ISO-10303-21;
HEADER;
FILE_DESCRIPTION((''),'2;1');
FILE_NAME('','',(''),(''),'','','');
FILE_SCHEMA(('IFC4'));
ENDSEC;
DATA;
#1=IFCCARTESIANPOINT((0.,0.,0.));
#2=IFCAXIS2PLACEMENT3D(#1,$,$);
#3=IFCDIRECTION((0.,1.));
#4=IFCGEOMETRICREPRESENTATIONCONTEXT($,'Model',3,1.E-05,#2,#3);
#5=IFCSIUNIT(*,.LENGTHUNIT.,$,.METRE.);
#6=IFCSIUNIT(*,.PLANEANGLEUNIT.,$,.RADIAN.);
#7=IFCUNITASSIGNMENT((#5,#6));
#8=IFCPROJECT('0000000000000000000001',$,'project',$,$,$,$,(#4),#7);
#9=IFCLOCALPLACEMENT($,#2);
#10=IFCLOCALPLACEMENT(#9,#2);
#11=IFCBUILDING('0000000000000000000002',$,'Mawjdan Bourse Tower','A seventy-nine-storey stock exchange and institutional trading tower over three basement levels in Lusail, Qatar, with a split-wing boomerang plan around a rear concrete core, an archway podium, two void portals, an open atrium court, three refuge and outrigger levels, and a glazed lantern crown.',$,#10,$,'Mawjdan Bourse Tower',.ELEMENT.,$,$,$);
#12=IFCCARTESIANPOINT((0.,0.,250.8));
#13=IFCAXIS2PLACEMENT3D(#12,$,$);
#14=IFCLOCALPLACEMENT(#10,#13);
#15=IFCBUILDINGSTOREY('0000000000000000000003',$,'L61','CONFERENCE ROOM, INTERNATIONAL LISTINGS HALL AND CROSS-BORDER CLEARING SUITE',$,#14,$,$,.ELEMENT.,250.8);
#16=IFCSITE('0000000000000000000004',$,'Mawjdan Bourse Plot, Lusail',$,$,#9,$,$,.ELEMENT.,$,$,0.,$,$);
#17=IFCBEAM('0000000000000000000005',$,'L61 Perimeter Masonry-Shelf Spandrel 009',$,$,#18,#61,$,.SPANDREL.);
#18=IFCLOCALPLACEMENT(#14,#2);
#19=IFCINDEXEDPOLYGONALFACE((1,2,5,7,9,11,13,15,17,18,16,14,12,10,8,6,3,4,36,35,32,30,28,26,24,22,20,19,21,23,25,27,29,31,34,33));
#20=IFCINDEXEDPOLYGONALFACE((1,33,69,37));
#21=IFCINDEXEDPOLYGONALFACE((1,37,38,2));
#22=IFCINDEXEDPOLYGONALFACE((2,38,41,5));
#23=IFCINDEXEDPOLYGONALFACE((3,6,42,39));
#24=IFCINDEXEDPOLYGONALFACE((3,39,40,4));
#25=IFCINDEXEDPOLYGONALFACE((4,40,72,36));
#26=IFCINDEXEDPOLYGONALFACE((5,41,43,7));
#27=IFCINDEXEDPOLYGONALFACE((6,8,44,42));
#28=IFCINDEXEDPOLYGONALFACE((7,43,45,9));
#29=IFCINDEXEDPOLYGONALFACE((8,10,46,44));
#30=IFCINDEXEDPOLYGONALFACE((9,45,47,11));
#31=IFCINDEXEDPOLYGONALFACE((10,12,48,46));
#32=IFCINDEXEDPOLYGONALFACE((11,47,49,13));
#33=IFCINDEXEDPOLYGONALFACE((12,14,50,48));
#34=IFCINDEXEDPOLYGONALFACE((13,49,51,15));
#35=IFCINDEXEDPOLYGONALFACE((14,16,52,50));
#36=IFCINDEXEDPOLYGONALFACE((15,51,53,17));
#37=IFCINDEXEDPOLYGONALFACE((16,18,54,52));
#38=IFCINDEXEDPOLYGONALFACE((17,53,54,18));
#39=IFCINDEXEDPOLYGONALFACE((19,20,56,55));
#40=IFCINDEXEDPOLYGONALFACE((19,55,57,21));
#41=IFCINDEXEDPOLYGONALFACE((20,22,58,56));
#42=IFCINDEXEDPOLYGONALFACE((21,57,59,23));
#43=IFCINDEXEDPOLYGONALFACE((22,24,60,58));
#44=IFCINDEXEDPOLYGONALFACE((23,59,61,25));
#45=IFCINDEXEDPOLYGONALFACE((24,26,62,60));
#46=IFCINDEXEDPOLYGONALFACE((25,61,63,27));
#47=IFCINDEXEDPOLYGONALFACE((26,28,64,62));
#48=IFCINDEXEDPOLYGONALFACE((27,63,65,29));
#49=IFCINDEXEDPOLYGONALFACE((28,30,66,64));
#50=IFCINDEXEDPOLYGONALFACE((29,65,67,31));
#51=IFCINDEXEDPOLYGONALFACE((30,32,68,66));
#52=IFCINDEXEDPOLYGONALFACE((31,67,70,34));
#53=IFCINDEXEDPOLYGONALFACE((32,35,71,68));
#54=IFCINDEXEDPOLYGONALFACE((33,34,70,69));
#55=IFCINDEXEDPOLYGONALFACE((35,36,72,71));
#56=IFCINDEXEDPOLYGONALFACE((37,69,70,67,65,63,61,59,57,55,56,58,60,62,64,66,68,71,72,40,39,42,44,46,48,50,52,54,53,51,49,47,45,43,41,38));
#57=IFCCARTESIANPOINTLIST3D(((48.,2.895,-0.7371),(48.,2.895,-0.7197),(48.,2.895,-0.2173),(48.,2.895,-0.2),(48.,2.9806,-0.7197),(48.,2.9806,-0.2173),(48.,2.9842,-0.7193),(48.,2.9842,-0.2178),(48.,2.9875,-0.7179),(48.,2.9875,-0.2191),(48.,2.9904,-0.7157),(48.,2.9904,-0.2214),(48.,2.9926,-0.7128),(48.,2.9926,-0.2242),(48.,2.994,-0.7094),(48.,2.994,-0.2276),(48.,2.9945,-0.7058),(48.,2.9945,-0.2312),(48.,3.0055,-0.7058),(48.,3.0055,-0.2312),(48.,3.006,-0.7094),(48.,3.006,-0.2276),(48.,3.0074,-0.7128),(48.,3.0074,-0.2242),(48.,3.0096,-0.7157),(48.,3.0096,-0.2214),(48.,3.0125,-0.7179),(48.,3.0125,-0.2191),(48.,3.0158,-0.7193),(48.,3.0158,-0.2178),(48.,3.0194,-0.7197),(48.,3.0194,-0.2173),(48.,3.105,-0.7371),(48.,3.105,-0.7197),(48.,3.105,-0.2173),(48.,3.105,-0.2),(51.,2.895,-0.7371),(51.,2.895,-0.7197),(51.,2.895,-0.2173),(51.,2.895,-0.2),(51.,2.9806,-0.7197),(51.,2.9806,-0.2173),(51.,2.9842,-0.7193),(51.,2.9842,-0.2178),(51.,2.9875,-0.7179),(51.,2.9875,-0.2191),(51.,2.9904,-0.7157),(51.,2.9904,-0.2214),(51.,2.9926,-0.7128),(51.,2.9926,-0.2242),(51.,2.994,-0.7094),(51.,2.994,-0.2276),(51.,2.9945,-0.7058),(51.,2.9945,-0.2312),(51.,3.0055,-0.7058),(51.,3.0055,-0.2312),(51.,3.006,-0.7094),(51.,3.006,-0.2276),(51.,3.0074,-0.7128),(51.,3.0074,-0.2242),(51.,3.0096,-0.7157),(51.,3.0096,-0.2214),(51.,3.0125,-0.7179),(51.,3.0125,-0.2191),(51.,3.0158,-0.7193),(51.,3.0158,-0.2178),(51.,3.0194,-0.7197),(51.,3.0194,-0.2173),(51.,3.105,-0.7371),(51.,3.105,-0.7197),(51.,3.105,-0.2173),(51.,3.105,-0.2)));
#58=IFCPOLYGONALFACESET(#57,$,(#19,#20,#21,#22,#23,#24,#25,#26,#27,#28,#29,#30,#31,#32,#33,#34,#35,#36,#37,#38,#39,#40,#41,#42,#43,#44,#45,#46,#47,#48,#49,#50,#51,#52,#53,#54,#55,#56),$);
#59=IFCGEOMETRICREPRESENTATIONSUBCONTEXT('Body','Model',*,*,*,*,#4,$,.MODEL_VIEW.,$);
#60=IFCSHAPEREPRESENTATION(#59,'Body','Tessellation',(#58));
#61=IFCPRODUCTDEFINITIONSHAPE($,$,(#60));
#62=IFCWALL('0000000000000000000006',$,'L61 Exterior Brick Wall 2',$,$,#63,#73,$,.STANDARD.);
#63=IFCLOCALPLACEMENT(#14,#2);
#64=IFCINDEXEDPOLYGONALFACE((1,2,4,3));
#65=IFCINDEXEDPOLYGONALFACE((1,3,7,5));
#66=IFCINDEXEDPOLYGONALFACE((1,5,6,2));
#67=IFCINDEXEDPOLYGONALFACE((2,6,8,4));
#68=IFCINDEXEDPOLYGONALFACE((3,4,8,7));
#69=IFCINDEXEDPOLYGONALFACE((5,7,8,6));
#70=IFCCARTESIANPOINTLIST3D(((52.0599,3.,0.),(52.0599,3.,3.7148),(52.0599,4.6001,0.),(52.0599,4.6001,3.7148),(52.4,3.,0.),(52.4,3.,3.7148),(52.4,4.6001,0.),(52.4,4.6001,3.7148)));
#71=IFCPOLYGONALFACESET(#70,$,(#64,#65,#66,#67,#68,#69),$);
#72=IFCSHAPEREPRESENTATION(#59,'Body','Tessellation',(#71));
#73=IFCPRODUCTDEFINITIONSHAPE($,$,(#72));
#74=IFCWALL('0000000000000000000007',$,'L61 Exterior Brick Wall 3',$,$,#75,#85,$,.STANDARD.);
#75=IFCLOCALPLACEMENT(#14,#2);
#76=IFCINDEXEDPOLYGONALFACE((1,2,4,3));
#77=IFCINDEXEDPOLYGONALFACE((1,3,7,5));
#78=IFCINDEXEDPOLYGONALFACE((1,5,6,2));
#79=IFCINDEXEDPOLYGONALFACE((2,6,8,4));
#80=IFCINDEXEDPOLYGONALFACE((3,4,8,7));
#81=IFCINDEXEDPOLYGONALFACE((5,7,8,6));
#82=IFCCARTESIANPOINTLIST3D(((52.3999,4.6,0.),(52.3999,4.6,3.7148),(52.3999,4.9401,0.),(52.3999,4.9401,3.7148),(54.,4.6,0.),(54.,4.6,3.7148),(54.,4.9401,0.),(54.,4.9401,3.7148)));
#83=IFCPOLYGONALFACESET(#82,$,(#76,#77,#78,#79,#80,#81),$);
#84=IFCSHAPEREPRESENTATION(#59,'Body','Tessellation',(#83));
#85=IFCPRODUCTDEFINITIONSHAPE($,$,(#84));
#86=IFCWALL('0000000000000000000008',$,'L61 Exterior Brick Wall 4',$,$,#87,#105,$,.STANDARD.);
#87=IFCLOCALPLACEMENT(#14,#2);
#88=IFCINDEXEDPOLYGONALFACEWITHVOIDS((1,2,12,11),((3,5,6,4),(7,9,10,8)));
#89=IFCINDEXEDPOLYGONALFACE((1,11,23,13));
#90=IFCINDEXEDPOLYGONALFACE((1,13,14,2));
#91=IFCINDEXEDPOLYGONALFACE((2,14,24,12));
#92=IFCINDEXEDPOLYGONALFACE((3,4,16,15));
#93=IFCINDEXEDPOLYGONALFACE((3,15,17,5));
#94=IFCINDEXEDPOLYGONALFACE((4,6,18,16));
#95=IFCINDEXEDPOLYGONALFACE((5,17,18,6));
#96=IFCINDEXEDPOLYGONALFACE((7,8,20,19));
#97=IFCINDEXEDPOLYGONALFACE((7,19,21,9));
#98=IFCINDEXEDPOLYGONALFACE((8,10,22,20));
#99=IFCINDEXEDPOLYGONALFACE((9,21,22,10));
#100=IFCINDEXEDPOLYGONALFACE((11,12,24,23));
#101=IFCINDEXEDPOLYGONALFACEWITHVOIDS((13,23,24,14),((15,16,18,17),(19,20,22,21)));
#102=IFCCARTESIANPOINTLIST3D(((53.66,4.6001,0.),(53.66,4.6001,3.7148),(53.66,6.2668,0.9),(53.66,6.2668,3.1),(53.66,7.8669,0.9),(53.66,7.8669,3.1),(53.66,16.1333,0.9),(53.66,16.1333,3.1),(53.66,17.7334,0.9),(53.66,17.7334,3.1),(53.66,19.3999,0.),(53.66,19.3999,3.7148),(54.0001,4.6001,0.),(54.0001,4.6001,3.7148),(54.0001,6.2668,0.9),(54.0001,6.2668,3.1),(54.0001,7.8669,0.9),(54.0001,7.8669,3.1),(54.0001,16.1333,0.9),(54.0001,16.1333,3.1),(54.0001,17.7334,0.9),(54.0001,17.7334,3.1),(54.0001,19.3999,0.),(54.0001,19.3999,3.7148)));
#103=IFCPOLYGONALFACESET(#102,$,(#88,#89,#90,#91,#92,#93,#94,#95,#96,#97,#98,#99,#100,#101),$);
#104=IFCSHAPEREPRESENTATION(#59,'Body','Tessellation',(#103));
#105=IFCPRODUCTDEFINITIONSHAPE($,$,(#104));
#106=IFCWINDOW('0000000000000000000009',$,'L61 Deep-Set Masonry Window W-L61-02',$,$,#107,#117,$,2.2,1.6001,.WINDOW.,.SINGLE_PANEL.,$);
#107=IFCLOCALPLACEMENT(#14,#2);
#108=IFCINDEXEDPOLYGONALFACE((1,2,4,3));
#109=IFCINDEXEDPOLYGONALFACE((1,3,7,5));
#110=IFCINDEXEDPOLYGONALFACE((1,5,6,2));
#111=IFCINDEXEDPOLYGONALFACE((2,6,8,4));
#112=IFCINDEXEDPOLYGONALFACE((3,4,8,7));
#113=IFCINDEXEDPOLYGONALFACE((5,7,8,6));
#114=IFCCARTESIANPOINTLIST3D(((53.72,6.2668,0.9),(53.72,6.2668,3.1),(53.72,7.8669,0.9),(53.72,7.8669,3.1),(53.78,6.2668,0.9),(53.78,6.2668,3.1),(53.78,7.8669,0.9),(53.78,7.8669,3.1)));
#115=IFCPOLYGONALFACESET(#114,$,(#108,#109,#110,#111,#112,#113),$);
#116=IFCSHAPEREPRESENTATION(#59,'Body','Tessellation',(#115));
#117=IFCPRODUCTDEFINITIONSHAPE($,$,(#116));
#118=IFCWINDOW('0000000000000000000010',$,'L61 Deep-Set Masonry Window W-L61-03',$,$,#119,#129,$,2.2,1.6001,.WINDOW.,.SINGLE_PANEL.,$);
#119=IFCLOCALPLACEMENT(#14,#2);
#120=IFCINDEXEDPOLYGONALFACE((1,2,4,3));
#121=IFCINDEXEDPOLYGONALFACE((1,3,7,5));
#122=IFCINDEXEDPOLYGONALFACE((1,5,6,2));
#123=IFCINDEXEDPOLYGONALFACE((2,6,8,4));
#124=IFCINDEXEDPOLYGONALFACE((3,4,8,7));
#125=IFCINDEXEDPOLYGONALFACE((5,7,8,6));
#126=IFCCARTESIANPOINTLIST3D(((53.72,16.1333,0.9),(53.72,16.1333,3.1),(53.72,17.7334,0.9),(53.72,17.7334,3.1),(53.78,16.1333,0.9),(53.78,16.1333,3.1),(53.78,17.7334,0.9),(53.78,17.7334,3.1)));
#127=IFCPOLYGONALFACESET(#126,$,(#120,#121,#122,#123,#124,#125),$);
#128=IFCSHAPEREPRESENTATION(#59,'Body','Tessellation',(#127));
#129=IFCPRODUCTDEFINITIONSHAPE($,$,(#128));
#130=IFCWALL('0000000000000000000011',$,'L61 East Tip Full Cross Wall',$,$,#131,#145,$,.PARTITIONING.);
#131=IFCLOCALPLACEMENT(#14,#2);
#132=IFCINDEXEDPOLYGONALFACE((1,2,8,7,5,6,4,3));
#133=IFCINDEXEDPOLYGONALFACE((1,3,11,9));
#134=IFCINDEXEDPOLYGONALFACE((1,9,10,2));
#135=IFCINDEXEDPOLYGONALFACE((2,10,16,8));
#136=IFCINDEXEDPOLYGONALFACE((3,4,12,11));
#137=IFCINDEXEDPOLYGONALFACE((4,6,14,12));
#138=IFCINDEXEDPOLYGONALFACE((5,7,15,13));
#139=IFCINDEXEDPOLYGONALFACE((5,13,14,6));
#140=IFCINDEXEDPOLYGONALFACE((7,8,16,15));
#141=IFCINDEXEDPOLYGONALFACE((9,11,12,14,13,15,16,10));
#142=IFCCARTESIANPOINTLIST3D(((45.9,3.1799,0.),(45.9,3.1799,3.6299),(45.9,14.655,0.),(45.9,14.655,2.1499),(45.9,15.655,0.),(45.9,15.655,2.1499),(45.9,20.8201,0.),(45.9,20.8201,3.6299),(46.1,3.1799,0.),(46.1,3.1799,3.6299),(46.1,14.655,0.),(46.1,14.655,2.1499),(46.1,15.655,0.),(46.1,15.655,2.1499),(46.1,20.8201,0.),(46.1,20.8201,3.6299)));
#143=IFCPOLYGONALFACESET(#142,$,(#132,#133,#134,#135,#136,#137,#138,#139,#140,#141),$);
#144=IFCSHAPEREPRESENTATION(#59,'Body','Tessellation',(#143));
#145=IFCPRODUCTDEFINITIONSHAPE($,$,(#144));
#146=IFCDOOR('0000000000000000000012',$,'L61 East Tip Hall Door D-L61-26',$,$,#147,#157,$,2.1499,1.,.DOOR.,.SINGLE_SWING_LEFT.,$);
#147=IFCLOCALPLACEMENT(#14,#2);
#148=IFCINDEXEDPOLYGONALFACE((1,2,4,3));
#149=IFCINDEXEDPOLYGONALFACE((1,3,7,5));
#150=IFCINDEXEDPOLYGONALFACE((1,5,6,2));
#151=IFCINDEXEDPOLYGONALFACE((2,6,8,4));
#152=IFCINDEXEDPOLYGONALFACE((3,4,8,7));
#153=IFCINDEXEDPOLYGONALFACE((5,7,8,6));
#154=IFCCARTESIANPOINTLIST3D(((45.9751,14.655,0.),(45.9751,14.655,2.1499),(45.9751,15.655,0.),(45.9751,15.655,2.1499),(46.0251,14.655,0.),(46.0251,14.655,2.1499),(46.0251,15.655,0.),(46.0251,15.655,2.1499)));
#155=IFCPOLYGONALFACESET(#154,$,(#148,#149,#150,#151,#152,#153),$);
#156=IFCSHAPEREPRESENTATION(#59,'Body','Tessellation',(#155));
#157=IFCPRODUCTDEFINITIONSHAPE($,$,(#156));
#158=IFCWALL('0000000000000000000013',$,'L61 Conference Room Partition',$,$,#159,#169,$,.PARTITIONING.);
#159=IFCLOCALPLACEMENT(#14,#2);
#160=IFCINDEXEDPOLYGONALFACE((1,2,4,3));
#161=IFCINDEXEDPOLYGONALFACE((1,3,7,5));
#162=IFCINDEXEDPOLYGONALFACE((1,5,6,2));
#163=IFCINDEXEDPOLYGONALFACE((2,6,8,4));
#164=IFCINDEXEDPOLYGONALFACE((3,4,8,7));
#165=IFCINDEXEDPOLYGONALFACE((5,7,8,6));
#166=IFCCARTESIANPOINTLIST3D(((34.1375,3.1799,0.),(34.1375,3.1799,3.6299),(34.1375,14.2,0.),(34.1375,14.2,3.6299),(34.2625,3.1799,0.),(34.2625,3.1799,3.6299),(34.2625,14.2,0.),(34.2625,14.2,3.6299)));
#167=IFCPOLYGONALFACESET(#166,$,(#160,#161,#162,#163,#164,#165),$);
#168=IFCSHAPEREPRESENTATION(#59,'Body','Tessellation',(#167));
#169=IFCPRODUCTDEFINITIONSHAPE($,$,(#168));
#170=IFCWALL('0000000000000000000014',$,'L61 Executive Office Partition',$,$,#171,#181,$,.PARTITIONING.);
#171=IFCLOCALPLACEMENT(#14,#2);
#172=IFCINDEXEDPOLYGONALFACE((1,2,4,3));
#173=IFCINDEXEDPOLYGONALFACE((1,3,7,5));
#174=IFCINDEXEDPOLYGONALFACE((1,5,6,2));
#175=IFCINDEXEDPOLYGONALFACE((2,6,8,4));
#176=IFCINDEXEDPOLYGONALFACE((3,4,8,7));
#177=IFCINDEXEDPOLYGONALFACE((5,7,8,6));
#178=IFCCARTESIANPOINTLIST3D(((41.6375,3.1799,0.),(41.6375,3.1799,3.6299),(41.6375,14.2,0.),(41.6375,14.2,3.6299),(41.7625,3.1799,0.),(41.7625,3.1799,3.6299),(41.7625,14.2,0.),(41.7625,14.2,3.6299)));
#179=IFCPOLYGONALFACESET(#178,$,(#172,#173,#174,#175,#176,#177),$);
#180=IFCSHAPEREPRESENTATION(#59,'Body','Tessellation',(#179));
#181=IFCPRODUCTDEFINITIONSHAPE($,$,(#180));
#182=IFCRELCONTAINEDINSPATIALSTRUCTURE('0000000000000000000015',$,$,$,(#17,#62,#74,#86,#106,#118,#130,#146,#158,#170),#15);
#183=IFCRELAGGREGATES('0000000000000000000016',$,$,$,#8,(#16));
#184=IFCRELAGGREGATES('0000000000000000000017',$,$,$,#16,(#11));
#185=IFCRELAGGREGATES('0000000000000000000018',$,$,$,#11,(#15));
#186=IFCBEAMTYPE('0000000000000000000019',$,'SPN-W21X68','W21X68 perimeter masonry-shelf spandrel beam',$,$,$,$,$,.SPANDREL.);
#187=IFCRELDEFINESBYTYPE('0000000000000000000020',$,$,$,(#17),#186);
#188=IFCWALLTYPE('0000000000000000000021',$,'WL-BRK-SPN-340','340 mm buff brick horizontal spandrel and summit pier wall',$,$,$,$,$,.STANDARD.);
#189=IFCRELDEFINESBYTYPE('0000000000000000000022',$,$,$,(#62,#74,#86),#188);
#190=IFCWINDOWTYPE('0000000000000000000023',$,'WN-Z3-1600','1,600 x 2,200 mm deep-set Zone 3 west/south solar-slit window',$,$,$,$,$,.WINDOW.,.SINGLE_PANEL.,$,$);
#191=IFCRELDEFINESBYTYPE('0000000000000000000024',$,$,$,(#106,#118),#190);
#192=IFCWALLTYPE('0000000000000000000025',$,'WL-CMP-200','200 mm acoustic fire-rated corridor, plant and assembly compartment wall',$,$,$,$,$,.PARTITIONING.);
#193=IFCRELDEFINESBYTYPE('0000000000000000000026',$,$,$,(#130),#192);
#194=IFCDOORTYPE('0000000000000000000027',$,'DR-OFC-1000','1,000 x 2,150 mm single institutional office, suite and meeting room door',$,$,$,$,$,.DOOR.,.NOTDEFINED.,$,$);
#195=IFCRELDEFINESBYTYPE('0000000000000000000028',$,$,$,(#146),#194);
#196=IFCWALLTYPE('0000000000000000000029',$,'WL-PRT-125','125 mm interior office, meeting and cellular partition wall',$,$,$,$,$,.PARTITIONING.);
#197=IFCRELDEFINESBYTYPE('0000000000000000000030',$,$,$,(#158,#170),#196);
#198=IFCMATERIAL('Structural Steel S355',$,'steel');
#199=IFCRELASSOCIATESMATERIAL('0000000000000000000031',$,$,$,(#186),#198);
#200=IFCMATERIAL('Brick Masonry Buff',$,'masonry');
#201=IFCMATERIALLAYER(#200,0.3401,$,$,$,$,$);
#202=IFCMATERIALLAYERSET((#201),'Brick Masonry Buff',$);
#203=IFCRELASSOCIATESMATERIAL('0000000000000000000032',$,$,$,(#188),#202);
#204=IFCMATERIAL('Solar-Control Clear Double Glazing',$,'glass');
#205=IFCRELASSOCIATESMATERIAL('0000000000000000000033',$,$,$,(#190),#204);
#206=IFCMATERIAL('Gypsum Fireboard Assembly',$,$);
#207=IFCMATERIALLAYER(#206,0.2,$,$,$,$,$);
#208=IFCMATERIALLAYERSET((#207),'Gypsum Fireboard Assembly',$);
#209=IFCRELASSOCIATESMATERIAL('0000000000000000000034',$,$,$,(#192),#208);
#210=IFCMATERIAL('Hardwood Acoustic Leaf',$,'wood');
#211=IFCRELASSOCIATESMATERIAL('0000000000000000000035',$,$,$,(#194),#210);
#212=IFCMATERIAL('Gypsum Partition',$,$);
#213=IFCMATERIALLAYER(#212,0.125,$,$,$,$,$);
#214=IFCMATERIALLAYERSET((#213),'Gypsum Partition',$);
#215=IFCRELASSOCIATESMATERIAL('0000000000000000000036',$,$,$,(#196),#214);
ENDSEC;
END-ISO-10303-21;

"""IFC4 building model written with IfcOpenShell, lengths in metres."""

from ifc_helpers import new_model, si_unit, direction, frame, frame_2d, origin, origin_2d, place, context, subcontext, project, spatial, rectangle, i_section, extrude, material, layer, layer_set, material_profile, profile_set, type_object, element, fill, save


model = new_model("IFC4")

# Units and contexts
model_context = context("Model", 3, precision=1e-05, world=origin(), true_north=direction((0.0, 1.0)))
body_context = subcontext(model_context, "Body", "Model", "MODEL_VIEW")
ifc_project = project(units=[si_unit("LENGTHUNIT", "METRE"), si_unit("PLANEANGLEUNIT", "RADIAN")], contexts=[model_context])

# Site, building, storey
site_placement = place(None, origin())
site = spatial("IfcSite", under=ifc_project, at=site_placement, Name="Mawjdan Bourse Plot, Lusail", CompositionType="ELEMENT", RefElevation=0.0)
building_placement = place(site_placement, origin())
building = spatial("IfcBuilding", under=site, at=building_placement, Name="Mawjdan Bourse Tower", Description="A seventy-nine-storey stock exchange and institutional trading tower over three basement levels in Lusail, Qatar, with a split-wing boomerang plan around a rear concrete core, an archway podium, two void portals, an open atrium court, three refuge and outrigger levels, and a glazed lantern crown.", LongName="Mawjdan Bourse Tower", CompositionType="ELEMENT")
storey_placement = place(building_placement, frame((0.0, 0.0, 250.8)))
storey = spatial("IfcBuildingStorey", under=building, at=storey_placement, Name="L61", Description="CONFERENCE ROOM, INTERNATIONAL LISTINGS HALL AND CROSS-BORDER CLEARING SUITE", CompositionType="ELEMENT", Elevation=250.8)

# Beam
ifc_material_1 = material(Name="Structural Steel S355", Category="steel")
ifc_material_profile_1 = material_profile(ifc_material_1, i_section(OverallWidth=0.21, OverallDepth=0.5371, WebThickness=0.011, FlangeThickness=0.0173, FilletRadius=0.0139, at=origin_2d()), Name="W21X68")
ifc_profile_set_1 = profile_set([ifc_material_profile_1], Name="Structural Steel S355")
beam_type_1 = type_object("IfcBeamType", Name="SPN-W21X68", Description="W21X68 perimeter masonry-shelf spandrel beam", PredefinedType="SPANDREL", material=ifc_profile_set_1)
beam_1_placement = place(storey_placement, frame((48.0, 3.0, -0.4685), z_axis=(1.0, 0.0, 0.0), x_axis=(0.0, 1.0, 0.0)))
element("IfcBeam", 1, at=beam_1_placement, inside=storey, type_object=beam_type_1, Name="L61 Perimeter Masonry-Shelf Spandrel 009", PredefinedType="SPANDREL", context=body_context, shape_type="SweptSolid", body=[
    extrude(i_section(OverallWidth=0.21, OverallDepth=0.5371, WebThickness=0.011, FlangeThickness=0.0173, FilletRadius=0.0139, at=origin_2d()), origin(), (0.0, 0.0, 1.0), 3.0),
])

# Walls
ifc_material_2 = material(Name="Brick Masonry Buff", Category="masonry")
ifc_layer_1 = layer(ifc_material_2, 0.3401)
ifc_layer_set_1 = layer_set([ifc_layer_1], Name="Brick Masonry Buff")
wall_type_1 = type_object("IfcWallType", Name="WL-BRK-SPN-340", Description="340 mm buff brick horizontal spandrel and summit pier wall", PredefinedType="STANDARD", material=ifc_layer_set_1)
for number, where, z_axis, x_axis, name in (
    (2, (52.23, 3.0, 0.0), (0.0, 0.0, 1.0), (0.0, 1.0, 0.0), "L61 Exterior Brick Wall 2"),
    (3, (52.3999, 4.77, 0.0), (0.0, 0.0, 1.0), (1.0, 0.0, 0.0), "L61 Exterior Brick Wall 3"),
):
    element("IfcWall", number, at=place(storey_placement, frame(where, z_axis=z_axis, x_axis=x_axis)), inside=storey, type_object=wall_type_1, Name=name, PredefinedType="STANDARD", context=body_context, shape_type="SweptSolid", body=[
        extrude(rectangle(XDim=1.6001, YDim=0.3401, at=frame_2d((0.8, 0.0))), origin(), (0.0, 0.0, 1.0), 3.7148),
    ])

# Wall, openings, windows
wall_1_placement = place(storey_placement, frame((53.8301, 4.6001, 0.0), z_axis=(0.0, 0.0, 1.0), x_axis=(0.0, 1.0, 0.0)))
wall_1 = element("IfcWall", 4, at=wall_1_placement, inside=storey, type_object=wall_type_1, Name="L61 Exterior Brick Wall 4", PredefinedType="STANDARD", context=body_context, shape_type="SweptSolid", body=[
    extrude(rectangle(XDim=14.7998, YDim=0.3401, at=frame_2d((7.3999, 0.0))), origin(), (0.0, 0.0, 1.0), 3.7148),
])
opening_1_placement = place(wall_1_placement, frame((1.6667, 0.0, 0.8999)))
opening_1 = element("IfcOpeningElement", 5, at=opening_1_placement, cuts=wall_1, PredefinedType="OPENING", context=body_context, shape_type="SweptSolid", body=[
    extrude(rectangle(XDim=1.6001, YDim=2.2, at=frame_2d((0.8, 1.1001))), frame((0.0, 0.1802, 0.0), z_axis=(0.0, -1.0, 0.0), x_axis=(1.0, 0.0, 0.0)), (0.0, 0.0, 1.0), 0.3601),
])
opening_2_placement = place(wall_1_placement, frame((11.5332, 0.0, 0.8999)))
opening_2 = element("IfcOpeningElement", 6, at=opening_2_placement, cuts=wall_1, PredefinedType="OPENING", context=body_context, shape_type="SweptSolid", body=[
    extrude(rectangle(XDim=1.6001, YDim=2.2, at=frame_2d((0.8, 1.1001))), frame((0.0, 0.1802, 0.0), z_axis=(0.0, -1.0, 0.0), x_axis=(1.0, 0.0, 0.0)), (0.0, 0.0, 1.0), 0.3601),
])
ifc_material_3 = material(Name="Solar-Control Clear Double Glazing", Category="glass")
window_type = type_object("IfcWindowType", Name="WN-Z3-1600", Description="1,600 x 2,200 mm deep-set Zone 3 west/south solar-slit window", PartitioningType="SINGLE_PANEL", PredefinedType="WINDOW", material=ifc_material_3)
window_1_placement = place(opening_1_placement, origin())
window_1 = element("IfcWindow", 7, at=window_1_placement, inside=storey, type_object=window_type, Name="L61 Deep-Set Masonry Window W-L61-02", OverallHeight=2.2, OverallWidth=1.6001, PartitioningType="SINGLE_PANEL", PredefinedType="WINDOW", context=body_context, shape_type="SweptSolid", body=[
    extrude(rectangle(XDim=1.6001, YDim=2.2, at=frame_2d((0.8, 1.1001))), frame((0.0, 0.1101, 0.0), z_axis=(0.0, -1.0, 0.0), x_axis=(1.0, 0.0, 0.0)), (0.0, 0.0, 1.0), 0.0601),
])
fill(opening_1, window_1)
window_2_placement = place(opening_2_placement, origin())
window_2 = element("IfcWindow", 8, at=window_2_placement, inside=storey, type_object=window_type, Name="L61 Deep-Set Masonry Window W-L61-03", OverallHeight=2.2, OverallWidth=1.6001, PartitioningType="SINGLE_PANEL", PredefinedType="WINDOW", context=body_context, shape_type="SweptSolid", body=[
    extrude(rectangle(XDim=1.6001, YDim=2.2, at=frame_2d((0.8, 1.1001))), frame((0.0, 0.1101, 0.0), z_axis=(0.0, -1.0, 0.0), x_axis=(1.0, 0.0, 0.0)), (0.0, 0.0, 1.0), 0.0601),
])
fill(opening_2, window_2)

# Wall, opening, door
ifc_material_4 = material(Name="Gypsum Fireboard Assembly")
ifc_layer_2 = layer(ifc_material_4, 0.2)
ifc_layer_set_2 = layer_set([ifc_layer_2], Name="Gypsum Fireboard Assembly")
wall_type_2 = type_object("IfcWallType", Name="WL-CMP-200", Description="200 mm acoustic fire-rated corridor, plant and assembly compartment wall", PredefinedType="PARTITIONING", material=ifc_layer_set_2)
wall_2_placement = place(storey_placement, frame((46.0, 3.1799, 0.0), z_axis=(0.0, 0.0, 1.0), x_axis=(0.0, 1.0, 0.0)))
wall_2 = element("IfcWall", 9, at=wall_2_placement, inside=storey, type_object=wall_type_2, Name="L61 East Tip Full Cross Wall", PredefinedType="PARTITIONING", context=body_context, shape_type="SweptSolid", body=[
    extrude(rectangle(XDim=17.6401, YDim=0.2, at=frame_2d((8.8201, 0.0))), origin(), (0.0, 0.0, 1.0), 3.6299),
])
opening_3_placement = place(wall_2_placement, frame((11.4751, 0.0, 0.0)))
opening_3 = element("IfcOpeningElement", 10, at=opening_3_placement, cuts=wall_2, PredefinedType="OPENING", context=body_context, shape_type="SweptSolid", body=[
    extrude(rectangle(XDim=1.0, YDim=2.1499, at=frame_2d((0.5, 1.075))), frame((0.0, 0.1099, 0.0), z_axis=(0.0, -1.0, 0.0), x_axis=(1.0, 0.0, 0.0)), (0.0, 0.0, 1.0), 0.22),
])
ifc_material_5 = material(Name="Hardwood Acoustic Leaf", Category="wood")
door_type = type_object("IfcDoorType", Name="DR-OFC-1000", Description="1,000 x 2,150 mm single institutional office, suite and meeting room door", OperationType="NOTDEFINED", PredefinedType="DOOR", material=ifc_material_5)
door_placement = place(opening_3_placement, origin())
door = element("IfcDoor", 11, at=door_placement, inside=storey, type_object=door_type, Name="L61 East Tip Hall Door D-L61-26", OperationType="SINGLE_SWING_LEFT", OverallHeight=2.1499, OverallWidth=1.0, PredefinedType="DOOR", context=body_context, shape_type="SweptSolid", body=[
    extrude(rectangle(XDim=1.0, YDim=2.1499, at=frame_2d((0.5, 1.075))), frame((0.0, 0.0249, 0.0), z_axis=(0.0, -1.0, 0.0), x_axis=(1.0, 0.0, 0.0)), (0.0, 0.0, 1.0), 0.05),
])
fill(opening_3, door)

# Walls
ifc_material_6 = material(Name="Gypsum Partition")
ifc_layer_3 = layer(ifc_material_6, 0.125)
ifc_layer_set_3 = layer_set([ifc_layer_3], Name="Gypsum Partition")
wall_type_3 = type_object("IfcWallType", Name="WL-PRT-125", Description="125 mm interior office, meeting and cellular partition wall", PredefinedType="PARTITIONING", material=ifc_layer_set_3)
for number, where, z_axis, x_axis, name in (
    (12, (34.2, 3.1799, 0.0), (0.0, 0.0, 1.0), (0.0, 1.0, 0.0), "L61 Conference Room Partition"),
    (13, (41.7, 3.1799, 0.0), (0.0, 0.0, 1.0), (0.0, 1.0, 0.0), "L61 Executive Office Partition"),
):
    element("IfcWall", number, at=place(storey_placement, frame(where, z_axis=z_axis, x_axis=x_axis)), inside=storey, type_object=wall_type_3, Name=name, PredefinedType="PARTITIONING", context=body_context, shape_type="SweptSolid", body=[
        extrude(rectangle(XDim=11.02, YDim=0.125, at=frame_2d((5.51, 0.0))), origin(), (0.0, 0.0, 1.0), 3.6299),
    ])

save(model, "model.ifc")
